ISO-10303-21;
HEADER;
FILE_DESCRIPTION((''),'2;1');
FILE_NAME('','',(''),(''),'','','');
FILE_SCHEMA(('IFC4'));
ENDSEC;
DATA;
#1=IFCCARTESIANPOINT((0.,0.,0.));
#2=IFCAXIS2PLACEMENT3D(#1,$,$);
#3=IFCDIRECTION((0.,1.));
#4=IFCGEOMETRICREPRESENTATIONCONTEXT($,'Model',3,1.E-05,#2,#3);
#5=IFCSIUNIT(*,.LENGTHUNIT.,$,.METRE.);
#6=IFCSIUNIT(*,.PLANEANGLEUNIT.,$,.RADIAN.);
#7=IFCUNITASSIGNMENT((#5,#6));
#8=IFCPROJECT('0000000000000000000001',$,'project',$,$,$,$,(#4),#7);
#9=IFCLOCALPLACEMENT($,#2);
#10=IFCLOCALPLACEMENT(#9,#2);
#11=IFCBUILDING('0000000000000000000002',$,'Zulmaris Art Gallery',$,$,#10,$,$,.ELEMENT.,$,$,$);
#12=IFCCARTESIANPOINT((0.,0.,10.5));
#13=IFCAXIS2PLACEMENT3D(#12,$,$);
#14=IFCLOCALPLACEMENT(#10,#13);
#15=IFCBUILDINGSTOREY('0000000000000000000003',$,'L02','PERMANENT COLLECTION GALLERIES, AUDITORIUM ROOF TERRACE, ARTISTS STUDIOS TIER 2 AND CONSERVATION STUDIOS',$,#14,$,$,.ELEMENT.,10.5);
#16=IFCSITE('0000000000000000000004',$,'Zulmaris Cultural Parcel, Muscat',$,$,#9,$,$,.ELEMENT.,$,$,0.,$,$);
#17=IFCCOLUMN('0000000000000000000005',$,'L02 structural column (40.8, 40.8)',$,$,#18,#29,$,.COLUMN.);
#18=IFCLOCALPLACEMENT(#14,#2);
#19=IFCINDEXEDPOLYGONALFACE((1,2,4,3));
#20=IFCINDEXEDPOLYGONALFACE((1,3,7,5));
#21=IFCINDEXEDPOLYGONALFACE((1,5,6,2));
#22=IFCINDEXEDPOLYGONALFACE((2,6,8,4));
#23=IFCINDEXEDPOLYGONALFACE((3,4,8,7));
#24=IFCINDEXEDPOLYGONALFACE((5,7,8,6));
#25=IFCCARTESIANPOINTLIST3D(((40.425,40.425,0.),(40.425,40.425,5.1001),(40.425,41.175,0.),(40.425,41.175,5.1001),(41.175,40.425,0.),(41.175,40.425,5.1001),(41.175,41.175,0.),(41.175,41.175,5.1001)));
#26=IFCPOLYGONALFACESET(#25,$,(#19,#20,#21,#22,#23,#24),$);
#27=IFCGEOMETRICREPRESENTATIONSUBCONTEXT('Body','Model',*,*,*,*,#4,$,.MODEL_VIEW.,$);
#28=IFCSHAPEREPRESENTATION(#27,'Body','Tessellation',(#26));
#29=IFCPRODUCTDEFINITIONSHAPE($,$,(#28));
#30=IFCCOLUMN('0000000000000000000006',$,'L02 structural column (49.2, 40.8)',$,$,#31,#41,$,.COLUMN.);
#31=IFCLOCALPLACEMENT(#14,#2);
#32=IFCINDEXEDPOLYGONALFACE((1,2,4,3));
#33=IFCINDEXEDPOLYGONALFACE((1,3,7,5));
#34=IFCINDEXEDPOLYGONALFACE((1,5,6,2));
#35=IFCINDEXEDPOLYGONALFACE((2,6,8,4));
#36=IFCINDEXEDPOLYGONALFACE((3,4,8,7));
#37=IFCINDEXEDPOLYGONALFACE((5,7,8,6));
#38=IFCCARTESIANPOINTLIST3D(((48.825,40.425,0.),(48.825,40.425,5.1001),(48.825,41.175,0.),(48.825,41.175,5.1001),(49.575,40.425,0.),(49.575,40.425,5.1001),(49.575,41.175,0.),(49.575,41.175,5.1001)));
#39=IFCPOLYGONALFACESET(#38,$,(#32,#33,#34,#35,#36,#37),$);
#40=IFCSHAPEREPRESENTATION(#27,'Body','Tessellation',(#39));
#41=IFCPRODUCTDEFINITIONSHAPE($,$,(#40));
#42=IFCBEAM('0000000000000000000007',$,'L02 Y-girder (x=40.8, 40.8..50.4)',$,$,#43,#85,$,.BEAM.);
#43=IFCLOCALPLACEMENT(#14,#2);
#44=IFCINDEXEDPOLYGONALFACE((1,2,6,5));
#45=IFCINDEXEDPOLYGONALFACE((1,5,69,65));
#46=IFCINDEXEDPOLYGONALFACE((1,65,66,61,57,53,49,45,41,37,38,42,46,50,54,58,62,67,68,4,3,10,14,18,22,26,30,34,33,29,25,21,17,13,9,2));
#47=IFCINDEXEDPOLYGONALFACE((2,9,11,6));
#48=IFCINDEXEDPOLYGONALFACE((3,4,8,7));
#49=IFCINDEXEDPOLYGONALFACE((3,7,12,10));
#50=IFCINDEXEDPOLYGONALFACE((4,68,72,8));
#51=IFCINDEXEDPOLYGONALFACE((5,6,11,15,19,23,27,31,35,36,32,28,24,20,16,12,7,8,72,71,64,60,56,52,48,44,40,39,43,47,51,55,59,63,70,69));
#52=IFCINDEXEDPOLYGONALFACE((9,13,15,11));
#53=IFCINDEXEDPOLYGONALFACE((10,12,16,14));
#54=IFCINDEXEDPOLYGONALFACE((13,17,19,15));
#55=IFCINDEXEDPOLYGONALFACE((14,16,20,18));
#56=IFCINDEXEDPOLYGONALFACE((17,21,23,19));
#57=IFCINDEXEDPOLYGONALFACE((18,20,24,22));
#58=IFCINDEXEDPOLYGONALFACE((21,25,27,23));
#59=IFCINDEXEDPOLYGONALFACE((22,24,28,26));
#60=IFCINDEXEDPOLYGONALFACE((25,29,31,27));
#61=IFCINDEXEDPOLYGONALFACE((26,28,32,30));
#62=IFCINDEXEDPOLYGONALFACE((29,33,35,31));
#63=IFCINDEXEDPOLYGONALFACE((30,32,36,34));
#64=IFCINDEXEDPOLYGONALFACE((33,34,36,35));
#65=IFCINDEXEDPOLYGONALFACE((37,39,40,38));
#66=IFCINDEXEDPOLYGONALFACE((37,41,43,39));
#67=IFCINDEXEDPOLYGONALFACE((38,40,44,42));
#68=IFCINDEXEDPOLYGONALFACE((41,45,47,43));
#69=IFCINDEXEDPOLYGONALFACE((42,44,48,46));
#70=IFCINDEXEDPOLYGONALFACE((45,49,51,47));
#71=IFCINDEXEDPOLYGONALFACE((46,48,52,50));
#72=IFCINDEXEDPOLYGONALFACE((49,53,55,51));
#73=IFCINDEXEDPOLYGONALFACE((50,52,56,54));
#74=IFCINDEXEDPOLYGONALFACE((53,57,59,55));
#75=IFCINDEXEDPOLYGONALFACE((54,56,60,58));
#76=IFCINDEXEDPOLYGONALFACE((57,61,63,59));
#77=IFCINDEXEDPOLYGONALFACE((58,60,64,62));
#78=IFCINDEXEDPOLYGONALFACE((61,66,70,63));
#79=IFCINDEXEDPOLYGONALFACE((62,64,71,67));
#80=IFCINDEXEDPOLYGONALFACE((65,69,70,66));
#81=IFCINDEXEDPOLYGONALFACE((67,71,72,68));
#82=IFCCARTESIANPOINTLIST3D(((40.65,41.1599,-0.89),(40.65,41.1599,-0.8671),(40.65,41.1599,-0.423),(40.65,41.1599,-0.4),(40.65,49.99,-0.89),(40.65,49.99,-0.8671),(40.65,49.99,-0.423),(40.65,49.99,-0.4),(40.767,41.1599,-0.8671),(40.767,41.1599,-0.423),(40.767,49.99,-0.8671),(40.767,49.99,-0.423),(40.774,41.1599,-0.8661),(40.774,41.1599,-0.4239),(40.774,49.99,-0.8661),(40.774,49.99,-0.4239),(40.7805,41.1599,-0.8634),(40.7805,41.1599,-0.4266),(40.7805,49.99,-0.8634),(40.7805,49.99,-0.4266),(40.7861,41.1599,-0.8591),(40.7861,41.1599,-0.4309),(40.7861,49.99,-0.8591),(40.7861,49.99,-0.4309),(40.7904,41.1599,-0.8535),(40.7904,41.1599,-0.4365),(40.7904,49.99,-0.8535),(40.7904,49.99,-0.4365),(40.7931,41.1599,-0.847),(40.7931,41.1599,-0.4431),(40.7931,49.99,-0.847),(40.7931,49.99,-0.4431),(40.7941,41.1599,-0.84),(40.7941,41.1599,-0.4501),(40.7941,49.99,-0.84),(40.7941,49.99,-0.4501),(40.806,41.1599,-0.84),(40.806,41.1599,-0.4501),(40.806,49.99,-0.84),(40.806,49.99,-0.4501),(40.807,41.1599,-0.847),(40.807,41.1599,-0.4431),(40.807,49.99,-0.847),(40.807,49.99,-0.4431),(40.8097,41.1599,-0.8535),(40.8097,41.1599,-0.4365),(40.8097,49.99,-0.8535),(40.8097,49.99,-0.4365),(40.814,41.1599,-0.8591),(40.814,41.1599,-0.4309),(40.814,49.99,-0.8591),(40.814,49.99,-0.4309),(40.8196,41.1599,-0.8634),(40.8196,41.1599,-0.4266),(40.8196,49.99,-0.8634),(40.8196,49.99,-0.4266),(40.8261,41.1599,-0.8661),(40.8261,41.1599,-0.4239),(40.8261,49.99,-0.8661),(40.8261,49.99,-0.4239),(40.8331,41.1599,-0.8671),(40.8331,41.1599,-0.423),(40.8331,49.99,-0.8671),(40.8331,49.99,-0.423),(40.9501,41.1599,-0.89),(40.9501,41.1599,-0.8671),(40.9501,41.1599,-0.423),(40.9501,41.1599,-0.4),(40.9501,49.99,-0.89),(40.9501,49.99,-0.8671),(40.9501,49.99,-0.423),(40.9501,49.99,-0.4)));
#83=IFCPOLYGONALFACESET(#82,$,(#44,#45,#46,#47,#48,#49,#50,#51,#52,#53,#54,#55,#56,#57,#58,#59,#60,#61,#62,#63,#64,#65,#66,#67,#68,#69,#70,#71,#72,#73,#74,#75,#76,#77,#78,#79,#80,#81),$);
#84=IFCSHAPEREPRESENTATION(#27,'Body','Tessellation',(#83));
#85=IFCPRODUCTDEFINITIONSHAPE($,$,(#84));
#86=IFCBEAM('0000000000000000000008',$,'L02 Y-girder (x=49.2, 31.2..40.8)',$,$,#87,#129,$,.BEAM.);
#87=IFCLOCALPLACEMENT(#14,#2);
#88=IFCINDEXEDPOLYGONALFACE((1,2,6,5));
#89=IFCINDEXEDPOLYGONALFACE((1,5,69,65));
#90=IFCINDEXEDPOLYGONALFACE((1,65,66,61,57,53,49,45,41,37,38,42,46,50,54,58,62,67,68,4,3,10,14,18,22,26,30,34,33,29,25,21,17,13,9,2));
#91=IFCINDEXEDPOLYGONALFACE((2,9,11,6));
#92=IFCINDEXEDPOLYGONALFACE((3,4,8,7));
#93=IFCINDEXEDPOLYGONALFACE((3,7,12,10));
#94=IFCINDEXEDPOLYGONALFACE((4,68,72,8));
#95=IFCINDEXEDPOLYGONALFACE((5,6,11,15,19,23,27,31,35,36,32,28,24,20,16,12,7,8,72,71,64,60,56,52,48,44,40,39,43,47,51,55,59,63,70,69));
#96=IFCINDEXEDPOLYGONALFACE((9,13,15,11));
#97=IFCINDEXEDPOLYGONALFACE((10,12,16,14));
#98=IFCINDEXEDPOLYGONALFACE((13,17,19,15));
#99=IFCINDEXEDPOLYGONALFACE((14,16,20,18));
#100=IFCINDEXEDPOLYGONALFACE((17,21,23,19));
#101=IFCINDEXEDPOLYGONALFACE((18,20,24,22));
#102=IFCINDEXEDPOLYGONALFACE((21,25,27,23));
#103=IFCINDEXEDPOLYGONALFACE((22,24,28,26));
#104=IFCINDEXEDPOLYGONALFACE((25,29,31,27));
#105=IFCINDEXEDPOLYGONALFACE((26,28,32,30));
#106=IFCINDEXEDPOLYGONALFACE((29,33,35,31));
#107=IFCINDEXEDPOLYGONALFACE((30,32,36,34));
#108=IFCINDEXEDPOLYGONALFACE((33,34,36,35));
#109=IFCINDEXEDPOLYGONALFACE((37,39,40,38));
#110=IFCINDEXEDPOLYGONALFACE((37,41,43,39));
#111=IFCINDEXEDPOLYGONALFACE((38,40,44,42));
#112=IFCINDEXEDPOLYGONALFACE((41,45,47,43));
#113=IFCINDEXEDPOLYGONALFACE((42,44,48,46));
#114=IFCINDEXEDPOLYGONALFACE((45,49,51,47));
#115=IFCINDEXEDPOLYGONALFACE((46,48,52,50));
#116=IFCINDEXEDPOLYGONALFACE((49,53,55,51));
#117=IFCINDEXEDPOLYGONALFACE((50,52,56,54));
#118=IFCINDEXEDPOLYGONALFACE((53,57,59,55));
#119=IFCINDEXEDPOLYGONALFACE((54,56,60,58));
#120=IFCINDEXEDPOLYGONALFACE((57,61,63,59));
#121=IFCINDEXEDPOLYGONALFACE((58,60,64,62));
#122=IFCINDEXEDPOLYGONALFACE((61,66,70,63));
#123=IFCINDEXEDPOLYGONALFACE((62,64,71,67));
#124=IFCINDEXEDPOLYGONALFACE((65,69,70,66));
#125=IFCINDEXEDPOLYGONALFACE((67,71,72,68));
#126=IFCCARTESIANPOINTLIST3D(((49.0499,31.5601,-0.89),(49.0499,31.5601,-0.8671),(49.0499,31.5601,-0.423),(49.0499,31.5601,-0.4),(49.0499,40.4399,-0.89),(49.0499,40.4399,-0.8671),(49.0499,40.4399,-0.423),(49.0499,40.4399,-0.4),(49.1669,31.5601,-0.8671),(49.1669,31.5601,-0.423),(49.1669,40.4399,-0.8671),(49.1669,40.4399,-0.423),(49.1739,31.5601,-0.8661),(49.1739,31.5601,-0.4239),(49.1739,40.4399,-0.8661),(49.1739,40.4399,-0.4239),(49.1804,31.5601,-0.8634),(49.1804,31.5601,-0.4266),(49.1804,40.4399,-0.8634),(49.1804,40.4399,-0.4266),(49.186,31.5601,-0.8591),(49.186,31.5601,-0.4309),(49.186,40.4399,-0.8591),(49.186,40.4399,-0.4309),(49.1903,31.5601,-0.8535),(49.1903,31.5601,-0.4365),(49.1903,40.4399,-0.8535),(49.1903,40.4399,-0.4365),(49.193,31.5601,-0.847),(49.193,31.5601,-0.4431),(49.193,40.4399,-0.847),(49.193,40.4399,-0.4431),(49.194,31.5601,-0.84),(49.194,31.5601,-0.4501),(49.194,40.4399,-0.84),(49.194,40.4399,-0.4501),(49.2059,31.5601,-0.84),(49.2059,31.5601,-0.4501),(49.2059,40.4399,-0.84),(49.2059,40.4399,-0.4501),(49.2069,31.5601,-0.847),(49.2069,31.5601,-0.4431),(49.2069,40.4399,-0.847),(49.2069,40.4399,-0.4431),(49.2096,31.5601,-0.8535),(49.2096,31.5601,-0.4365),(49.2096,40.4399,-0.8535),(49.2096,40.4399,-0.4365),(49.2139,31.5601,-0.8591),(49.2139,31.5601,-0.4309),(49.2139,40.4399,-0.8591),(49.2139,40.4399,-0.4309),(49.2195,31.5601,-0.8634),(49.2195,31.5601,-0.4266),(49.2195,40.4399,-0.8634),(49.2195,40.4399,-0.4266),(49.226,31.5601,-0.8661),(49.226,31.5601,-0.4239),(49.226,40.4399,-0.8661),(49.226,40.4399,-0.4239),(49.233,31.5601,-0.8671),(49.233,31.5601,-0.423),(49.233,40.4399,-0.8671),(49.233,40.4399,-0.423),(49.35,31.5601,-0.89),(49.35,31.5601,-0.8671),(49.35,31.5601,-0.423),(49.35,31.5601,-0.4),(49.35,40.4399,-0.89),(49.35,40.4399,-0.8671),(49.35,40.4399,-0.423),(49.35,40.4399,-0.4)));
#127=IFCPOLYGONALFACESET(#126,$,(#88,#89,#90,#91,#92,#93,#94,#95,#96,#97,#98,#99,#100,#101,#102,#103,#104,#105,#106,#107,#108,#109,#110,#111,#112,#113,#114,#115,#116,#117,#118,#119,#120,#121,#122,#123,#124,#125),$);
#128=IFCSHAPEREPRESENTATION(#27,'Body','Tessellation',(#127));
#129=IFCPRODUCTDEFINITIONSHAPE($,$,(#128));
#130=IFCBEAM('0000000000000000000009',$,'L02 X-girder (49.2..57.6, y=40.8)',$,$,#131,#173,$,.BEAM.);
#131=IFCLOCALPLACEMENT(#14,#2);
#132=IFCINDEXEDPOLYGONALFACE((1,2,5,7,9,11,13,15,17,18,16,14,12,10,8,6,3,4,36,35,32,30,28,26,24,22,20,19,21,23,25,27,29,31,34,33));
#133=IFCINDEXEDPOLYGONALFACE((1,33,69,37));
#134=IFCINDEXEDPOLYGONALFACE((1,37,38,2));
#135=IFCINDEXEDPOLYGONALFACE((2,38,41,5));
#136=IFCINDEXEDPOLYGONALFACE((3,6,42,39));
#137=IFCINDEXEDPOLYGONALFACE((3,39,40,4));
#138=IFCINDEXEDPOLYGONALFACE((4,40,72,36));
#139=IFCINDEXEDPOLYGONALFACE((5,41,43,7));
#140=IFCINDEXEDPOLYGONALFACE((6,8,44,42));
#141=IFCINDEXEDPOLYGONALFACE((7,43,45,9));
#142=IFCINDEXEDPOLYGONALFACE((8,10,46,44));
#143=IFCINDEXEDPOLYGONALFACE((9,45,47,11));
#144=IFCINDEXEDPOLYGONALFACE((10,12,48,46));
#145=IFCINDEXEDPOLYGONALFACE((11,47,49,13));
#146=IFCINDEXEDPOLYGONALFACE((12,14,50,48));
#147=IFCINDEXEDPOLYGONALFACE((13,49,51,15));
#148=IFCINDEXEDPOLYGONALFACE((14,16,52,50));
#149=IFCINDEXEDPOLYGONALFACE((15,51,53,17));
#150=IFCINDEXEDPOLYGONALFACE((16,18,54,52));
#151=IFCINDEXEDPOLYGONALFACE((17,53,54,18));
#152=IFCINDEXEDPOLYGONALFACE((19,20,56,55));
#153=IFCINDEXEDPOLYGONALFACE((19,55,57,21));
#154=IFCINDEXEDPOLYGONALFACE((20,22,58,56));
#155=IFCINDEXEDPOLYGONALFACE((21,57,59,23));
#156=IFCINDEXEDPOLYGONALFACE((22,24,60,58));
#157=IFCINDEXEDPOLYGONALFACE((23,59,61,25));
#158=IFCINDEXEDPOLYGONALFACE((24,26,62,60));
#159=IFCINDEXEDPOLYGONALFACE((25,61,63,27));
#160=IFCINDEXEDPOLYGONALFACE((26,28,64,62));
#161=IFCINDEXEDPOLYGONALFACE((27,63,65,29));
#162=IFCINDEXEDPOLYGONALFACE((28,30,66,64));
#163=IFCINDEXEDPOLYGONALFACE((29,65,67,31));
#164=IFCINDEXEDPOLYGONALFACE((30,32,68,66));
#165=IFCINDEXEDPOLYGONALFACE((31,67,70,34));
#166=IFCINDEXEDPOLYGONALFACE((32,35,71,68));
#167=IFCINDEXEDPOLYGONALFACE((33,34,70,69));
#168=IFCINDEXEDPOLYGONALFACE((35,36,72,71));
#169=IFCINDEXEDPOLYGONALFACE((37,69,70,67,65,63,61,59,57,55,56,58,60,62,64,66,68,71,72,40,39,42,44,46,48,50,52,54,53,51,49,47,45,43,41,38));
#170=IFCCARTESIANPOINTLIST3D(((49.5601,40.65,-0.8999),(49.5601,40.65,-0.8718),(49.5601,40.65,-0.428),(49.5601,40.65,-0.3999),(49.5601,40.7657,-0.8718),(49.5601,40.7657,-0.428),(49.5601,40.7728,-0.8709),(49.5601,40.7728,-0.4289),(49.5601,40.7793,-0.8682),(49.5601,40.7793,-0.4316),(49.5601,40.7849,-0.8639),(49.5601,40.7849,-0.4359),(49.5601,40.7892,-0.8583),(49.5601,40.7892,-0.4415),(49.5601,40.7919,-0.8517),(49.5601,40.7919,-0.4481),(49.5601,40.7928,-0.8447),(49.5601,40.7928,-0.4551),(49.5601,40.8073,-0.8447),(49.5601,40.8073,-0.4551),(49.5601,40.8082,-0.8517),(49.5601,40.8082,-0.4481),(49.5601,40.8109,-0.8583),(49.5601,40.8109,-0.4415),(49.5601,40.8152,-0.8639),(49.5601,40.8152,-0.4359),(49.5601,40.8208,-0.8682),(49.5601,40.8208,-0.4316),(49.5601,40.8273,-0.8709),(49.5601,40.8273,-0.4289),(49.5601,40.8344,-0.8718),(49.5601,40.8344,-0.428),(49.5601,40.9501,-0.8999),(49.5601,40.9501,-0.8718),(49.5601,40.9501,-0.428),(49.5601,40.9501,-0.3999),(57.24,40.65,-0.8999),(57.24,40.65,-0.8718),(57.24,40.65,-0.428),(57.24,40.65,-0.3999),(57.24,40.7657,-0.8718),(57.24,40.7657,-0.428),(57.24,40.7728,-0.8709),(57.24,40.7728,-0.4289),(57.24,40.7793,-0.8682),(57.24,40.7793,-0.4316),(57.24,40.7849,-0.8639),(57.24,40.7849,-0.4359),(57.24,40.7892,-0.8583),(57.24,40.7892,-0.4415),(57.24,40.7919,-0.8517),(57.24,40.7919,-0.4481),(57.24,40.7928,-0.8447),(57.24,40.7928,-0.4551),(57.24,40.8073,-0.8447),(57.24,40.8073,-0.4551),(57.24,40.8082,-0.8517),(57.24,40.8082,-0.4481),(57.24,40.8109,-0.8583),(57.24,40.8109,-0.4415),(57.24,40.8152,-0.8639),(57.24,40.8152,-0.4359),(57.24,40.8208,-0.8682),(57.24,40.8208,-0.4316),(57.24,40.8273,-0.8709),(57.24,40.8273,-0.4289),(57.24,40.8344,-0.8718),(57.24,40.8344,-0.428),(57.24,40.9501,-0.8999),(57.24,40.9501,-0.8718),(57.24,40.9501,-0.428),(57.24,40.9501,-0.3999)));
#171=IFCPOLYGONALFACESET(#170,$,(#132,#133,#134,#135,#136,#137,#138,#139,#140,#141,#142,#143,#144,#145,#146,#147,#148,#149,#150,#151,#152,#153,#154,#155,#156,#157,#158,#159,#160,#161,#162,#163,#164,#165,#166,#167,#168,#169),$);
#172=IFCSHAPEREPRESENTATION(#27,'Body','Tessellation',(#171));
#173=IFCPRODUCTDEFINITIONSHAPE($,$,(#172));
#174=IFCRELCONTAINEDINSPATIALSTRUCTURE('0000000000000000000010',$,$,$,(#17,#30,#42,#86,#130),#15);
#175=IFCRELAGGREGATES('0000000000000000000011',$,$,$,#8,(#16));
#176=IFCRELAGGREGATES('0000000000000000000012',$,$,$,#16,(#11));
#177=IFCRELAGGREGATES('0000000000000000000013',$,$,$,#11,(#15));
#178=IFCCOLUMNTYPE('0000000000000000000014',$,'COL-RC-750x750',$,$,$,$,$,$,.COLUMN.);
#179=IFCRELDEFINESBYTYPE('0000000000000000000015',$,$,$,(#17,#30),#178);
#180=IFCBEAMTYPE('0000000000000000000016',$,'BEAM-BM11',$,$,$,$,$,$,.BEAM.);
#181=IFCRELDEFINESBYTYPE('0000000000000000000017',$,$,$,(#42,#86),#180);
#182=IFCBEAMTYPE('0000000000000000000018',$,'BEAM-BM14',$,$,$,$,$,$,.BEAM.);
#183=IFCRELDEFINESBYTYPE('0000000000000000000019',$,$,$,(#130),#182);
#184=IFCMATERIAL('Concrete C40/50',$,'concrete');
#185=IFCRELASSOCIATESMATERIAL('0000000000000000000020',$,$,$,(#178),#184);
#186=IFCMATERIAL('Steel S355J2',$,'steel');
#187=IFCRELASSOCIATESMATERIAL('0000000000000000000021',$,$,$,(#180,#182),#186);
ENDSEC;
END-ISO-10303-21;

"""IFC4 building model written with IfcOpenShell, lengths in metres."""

from ifc_helpers import new_model, si_unit, direction, frame, origin, origin_2d, place, context, subcontext, project, spatial, rectangle, i_section, extrude, material, material_profile, profile_set, type_object, element, save


model = new_model("IFC4")

# Units and contexts
model_context = context("Model", 3, precision=1e-05, world=origin(), true_north=direction((0.0, 1.0)))
body_context = subcontext(model_context, "Body", "Model", "MODEL_VIEW")
ifc_project = project(units=[si_unit("LENGTHUNIT", "METRE"), si_unit("PLANEANGLEUNIT", "RADIAN")], contexts=[model_context])

# Site, building, storey
site_placement = place(None, origin())
site = spatial("IfcSite", under=ifc_project, at=site_placement, Name="Zulmaris Cultural Parcel, Muscat", CompositionType="ELEMENT", RefElevation=0.0)
building_placement = place(site_placement, origin())
building = spatial("IfcBuilding", under=site, at=building_placement, Name="Zulmaris Art Gallery", CompositionType="ELEMENT")
storey_placement = place(building_placement, frame((0.0, 0.0, 10.5)))
storey = spatial("IfcBuildingStorey", under=building, at=storey_placement, Name="L02", Description="PERMANENT COLLECTION GALLERIES, AUDITORIUM ROOF TERRACE, ARTISTS STUDIOS TIER 2 AND CONSERVATION STUDIOS", CompositionType="ELEMENT", Elevation=10.5)

# Columns
ifc_material_1 = material(Name="Concrete C40/50", Category="concrete")
ifc_material_profile_1 = material_profile(ifc_material_1, rectangle(XDim=0.75, YDim=0.75, at=origin_2d()), Name="RC 750x750")
ifc_profile_set_1 = profile_set([ifc_material_profile_1], Name="Concrete C40/50")
column_type = type_object("IfcColumnType", Name="COL-RC-750x750", PredefinedType="COLUMN", material=ifc_profile_set_1)
for number, where, z_axis, x_axis, name in (
    (1, (40.8, 40.8, 0.0), (0.0, 0.0, 1.0), (1.0, 0.0, 0.0), "L02 structural column (40.8, 40.8)"),
    (2, (49.2, 40.8, 0.0), (0.0, 0.0, 1.0), (1.0, 0.0, 0.0), "L02 structural column (49.2, 40.8)"),
):
    element("IfcColumn", number, at=place(storey_placement, frame(where, z_axis=z_axis, x_axis=x_axis)), inside=storey, type_object=column_type, Name=name, PredefinedType="COLUMN", context=body_context, shape_type="SweptSolid", body=[
        extrude(rectangle(XDim=0.75, YDim=0.75, at=origin_2d()), origin(), (0.0, 0.0, 1.0), 5.1001),
    ])

# Beams
ifc_material_2 = material(Name="Steel S355J2", Category="steel")
ifc_material_profile_2 = material_profile(ifc_material_2, i_section(OverallWidth=0.3, OverallDepth=0.49, WebThickness=0.012, FlangeThickness=0.0229, FilletRadius=0.0271, at=origin_2d()), Name="HEA 500")
ifc_profile_set_2 = profile_set([ifc_material_profile_2], Name="Steel S355J2")
beam_type_1 = type_object("IfcBeamType", Name="BEAM-BM11", PredefinedType="BEAM", material=ifc_profile_set_2)
beam_1_placement = place(storey_placement, frame((40.8, 41.1599, -0.645), z_axis=(0.0, 1.0, 0.0), x_axis=(-1.0, 0.0, 0.0)))
element("IfcBeam", 3, at=beam_1_placement, inside=storey, type_object=beam_type_1, Name="L02 Y-girder (x=40.8, 40.8..50.4)", PredefinedType="BEAM", context=body_context, shape_type="SweptSolid", body=[
    extrude(i_section(OverallWidth=0.3, OverallDepth=0.49, WebThickness=0.012, FlangeThickness=0.0229, FilletRadius=0.0271, at=origin_2d()), origin(), (0.0, 0.0, 1.0), 8.8301),
])
beam_2_placement = place(storey_placement, frame((49.2, 31.5601, -0.645), z_axis=(0.0, 1.0, 0.0), x_axis=(-1.0, 0.0, 0.0)))
element("IfcBeam", 4, at=beam_2_placement, inside=storey, type_object=beam_type_1, Name="L02 Y-girder (x=49.2, 31.2..40.8)", PredefinedType="BEAM", context=body_context, shape_type="SweptSolid", body=[
    extrude(i_section(OverallWidth=0.3, OverallDepth=0.49, WebThickness=0.012, FlangeThickness=0.0229, FilletRadius=0.0271, at=origin_2d()), origin(), (0.0, 0.0, 1.0), 8.8799),
])
ifc_material_profile_3 = material_profile(ifc_material_2, i_section(OverallWidth=0.3, OverallDepth=0.5, WebThickness=0.0144, FlangeThickness=0.0281, FilletRadius=0.0271, at=origin_2d()), Name="HEB 500")
ifc_profile_set_3 = profile_set([ifc_material_profile_3], Name="Steel S355J2")
beam_type_2 = type_object("IfcBeamType", Name="BEAM-BM14", PredefinedType="BEAM", material=ifc_profile_set_3)
beam_3_placement = place(storey_placement, frame((49.5601, 40.8, -0.6499), z_axis=(1.0, 0.0, 0.0), x_axis=(0.0, 1.0, 0.0)))
element("IfcBeam", 5, at=beam_3_placement, inside=storey, type_object=beam_type_2, Name="L02 X-girder (49.2..57.6, y=40.8)", PredefinedType="BEAM", context=body_context, shape_type="SweptSolid", body=[
    extrude(i_section(OverallWidth=0.3, OverallDepth=0.5, WebThickness=0.0144, FlangeThickness=0.0281, FilletRadius=0.0271, at=origin_2d()), origin(), (0.0, 0.0, 1.0), 7.6799),
])

save(model, "model.ifc")
